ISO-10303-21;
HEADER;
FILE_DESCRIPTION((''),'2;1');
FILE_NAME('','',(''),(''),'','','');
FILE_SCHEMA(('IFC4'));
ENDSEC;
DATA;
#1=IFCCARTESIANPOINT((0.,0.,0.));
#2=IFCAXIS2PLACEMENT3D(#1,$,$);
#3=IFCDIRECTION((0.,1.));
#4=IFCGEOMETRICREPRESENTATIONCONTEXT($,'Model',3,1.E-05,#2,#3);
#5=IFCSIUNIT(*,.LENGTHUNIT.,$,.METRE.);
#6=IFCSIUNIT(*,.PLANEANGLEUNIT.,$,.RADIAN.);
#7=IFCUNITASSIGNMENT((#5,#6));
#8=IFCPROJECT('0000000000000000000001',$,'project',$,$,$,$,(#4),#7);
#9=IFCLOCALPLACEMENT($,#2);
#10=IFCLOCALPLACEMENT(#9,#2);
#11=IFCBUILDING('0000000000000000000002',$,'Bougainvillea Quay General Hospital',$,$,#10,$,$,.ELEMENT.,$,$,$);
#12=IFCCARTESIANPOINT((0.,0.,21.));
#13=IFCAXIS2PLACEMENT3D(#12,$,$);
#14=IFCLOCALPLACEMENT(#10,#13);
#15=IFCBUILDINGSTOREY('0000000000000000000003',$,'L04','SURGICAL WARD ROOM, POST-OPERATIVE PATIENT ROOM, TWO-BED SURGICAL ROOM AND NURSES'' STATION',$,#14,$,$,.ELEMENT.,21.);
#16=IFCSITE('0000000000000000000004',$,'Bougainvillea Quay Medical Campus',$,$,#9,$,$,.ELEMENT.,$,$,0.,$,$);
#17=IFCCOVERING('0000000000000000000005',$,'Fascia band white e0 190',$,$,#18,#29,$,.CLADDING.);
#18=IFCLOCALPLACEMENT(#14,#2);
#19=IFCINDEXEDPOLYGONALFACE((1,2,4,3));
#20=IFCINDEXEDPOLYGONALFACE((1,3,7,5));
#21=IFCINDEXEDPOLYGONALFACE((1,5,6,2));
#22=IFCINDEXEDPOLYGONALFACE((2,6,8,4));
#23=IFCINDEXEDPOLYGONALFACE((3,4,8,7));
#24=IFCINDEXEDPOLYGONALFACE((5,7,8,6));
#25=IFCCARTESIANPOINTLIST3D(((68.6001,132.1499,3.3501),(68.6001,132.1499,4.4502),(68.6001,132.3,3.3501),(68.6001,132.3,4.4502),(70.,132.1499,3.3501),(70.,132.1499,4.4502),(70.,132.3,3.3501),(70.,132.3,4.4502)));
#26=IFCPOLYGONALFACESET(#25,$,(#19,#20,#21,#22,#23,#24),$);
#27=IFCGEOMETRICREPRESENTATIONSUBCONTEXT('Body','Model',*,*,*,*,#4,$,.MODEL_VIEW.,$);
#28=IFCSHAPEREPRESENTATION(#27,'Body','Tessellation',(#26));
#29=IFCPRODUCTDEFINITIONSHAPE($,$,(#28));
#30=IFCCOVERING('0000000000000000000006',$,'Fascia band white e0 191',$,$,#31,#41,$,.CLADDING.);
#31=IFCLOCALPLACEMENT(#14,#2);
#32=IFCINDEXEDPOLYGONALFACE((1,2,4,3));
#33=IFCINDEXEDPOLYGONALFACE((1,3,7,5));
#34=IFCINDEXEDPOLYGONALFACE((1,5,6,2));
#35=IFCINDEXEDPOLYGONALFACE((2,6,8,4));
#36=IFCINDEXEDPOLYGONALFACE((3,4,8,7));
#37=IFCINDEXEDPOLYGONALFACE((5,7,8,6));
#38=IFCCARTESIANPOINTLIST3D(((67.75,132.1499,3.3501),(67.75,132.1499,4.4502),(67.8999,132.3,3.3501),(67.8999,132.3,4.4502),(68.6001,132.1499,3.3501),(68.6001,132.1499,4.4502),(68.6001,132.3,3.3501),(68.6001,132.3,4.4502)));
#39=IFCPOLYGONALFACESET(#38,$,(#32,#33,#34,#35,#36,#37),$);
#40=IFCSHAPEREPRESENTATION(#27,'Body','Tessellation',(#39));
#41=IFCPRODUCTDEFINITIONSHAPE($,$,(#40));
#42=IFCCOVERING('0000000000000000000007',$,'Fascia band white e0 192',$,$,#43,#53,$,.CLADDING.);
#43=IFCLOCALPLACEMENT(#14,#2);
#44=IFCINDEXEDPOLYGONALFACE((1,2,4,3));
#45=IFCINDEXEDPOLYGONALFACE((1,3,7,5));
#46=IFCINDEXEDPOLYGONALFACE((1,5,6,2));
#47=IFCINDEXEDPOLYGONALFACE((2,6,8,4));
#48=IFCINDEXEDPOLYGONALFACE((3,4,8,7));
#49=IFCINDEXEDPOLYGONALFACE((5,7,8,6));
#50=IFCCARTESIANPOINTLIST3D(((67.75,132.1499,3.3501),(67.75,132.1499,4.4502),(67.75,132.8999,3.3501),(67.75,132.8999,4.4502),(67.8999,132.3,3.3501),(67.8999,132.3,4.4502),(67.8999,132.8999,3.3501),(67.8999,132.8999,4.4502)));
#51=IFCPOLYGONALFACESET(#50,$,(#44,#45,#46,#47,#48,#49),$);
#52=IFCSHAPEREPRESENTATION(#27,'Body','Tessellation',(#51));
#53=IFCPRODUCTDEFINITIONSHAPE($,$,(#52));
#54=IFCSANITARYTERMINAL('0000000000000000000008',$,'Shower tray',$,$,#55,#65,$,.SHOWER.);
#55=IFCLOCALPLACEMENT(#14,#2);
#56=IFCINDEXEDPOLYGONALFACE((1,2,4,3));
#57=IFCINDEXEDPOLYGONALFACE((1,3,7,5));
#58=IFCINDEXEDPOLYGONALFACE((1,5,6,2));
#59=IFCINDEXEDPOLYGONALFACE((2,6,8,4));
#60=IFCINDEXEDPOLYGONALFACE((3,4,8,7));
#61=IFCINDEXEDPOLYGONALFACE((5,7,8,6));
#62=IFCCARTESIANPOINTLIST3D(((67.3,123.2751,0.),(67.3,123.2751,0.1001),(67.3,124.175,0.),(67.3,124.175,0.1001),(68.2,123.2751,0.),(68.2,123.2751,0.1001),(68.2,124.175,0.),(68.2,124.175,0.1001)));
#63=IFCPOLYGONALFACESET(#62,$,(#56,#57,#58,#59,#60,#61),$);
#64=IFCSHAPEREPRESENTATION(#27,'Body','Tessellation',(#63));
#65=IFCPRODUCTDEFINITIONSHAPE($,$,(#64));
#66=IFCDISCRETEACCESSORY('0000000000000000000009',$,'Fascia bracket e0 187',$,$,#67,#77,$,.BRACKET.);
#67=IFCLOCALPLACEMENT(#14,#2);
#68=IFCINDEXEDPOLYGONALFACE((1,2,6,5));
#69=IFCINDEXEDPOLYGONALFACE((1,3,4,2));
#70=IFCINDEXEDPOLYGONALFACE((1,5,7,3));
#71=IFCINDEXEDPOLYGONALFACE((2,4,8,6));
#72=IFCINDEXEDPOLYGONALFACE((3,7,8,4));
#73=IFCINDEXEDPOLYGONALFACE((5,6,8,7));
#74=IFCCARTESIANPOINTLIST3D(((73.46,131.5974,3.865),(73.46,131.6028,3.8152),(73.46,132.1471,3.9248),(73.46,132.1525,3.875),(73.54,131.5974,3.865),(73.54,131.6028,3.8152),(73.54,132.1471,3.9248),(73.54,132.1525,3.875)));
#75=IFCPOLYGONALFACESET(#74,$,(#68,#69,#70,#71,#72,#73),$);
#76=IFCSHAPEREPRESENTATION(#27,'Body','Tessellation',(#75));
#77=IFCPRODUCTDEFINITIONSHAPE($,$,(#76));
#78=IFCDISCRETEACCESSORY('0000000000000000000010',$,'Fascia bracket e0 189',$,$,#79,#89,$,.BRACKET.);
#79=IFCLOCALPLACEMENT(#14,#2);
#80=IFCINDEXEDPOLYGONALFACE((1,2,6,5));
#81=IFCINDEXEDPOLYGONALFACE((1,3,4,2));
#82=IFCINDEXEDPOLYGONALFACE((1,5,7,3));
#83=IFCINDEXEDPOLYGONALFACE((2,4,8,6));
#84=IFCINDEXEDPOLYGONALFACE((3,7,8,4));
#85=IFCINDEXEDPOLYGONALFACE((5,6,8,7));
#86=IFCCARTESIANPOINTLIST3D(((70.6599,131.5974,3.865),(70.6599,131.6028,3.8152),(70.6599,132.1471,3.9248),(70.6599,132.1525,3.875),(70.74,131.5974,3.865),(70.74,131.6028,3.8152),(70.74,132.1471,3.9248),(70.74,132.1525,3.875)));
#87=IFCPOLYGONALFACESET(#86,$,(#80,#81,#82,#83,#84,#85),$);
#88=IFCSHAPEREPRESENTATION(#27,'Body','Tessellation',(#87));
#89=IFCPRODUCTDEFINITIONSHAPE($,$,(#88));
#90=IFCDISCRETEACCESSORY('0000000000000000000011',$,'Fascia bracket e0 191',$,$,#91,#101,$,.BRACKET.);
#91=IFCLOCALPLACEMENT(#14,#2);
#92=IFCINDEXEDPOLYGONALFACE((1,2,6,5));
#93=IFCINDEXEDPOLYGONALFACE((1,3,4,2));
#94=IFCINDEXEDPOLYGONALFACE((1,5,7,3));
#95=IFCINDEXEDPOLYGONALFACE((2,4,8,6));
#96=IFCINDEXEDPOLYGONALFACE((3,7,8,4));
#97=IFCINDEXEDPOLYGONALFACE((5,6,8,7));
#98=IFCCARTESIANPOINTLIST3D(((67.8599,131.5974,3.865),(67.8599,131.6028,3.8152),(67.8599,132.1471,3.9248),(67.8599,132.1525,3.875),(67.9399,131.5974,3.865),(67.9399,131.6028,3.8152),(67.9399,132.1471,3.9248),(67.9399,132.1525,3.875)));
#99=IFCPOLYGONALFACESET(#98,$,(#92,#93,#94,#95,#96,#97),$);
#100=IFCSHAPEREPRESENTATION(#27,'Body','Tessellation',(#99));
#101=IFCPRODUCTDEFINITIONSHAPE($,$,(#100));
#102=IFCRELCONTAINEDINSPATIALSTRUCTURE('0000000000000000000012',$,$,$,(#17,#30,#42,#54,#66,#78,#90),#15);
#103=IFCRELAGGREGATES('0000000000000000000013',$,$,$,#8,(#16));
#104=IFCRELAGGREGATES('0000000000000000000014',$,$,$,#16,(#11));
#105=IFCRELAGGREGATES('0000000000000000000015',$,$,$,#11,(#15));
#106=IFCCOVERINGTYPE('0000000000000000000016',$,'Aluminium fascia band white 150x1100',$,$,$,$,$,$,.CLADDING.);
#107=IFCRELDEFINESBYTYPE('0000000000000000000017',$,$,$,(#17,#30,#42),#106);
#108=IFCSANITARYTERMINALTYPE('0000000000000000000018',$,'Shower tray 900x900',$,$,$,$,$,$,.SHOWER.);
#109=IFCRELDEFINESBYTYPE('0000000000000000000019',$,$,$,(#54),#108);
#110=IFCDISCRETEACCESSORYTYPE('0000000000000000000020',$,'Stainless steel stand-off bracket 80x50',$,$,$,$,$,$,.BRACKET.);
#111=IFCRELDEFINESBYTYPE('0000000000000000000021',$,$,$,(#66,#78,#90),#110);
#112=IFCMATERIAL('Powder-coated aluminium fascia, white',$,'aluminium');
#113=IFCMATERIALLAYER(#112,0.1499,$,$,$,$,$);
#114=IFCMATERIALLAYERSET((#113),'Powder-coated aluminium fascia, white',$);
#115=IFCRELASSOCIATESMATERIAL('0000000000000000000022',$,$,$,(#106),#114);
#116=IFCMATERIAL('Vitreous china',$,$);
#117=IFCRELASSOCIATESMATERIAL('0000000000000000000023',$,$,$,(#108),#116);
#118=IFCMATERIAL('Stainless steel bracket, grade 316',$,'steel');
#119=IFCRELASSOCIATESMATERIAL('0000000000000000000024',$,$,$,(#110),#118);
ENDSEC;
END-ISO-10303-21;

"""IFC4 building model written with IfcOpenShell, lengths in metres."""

from ifc_helpers import new_model, si_unit, direction, frame, origin, origin_2d, place, context, subcontext, project, spatial, polyline, rectangle, outline, extrude, material, layer, layer_set, material_profile, profile_set, type_object, element, save


model = new_model("IFC4")

# Units and contexts
model_context = context("Model", 3, precision=1e-05, world=origin(), true_north=direction((0.0, 1.0)))
body_context = subcontext(model_context, "Body", "Model", "MODEL_VIEW")
ifc_project = project(units=[si_unit("LENGTHUNIT", "METRE"), si_unit("PLANEANGLEUNIT", "RADIAN")], contexts=[model_context])

# Site, building, storey
site_placement = place(None, origin())
site = spatial("IfcSite", under=ifc_project, at=site_placement, Name="Bougainvillea Quay Medical Campus", CompositionType="ELEMENT", RefElevation=0.0)
building_placement = place(site_placement, origin())
building = spatial("IfcBuilding", under=site, at=building_placement, Name="Bougainvillea Quay General Hospital", CompositionType="ELEMENT")
storey_placement = place(building_placement, frame((0.0, 0.0, 21.0)))
storey = spatial("IfcBuildingStorey", under=building, at=storey_placement, Name="L04", Description="SURGICAL WARD ROOM, POST-OPERATIVE PATIENT ROOM, TWO-BED SURGICAL ROOM AND NURSES' STATION", CompositionType="ELEMENT", Elevation=21.0)

# Coverings
ifc_material_1 = material(Name="Powder-coated aluminium fascia, white", Category="aluminium")
ifc_layer_1 = layer(ifc_material_1, 0.1499)
ifc_layer_set_1 = layer_set([ifc_layer_1], Name="Powder-coated aluminium fascia, white")
covering_type = type_object("IfcCoveringType", Name="Aluminium fascia band white 150x1100", PredefinedType="CLADDING", material=ifc_layer_set_1)
for number, where, z_axis, x_axis, name in (
    (1, (70.0, 132.1499, 3.3501), (0.0, 0.0, 1.0), (-1.0, 0.0, 0.0), "Fascia band white e0 190"),
):
    element("IfcCovering", number, at=place(storey_placement, frame(where, z_axis=z_axis, x_axis=x_axis)), inside=storey, type_object=covering_type, Name=name, PredefinedType="CLADDING", context=body_context, shape_type="SweptSolid", body=[
        extrude(outline(polyline([(0.0, 0.0), (1.3999, 0.0), (1.3999, -0.1501), (0.0, -0.1501), (0.0, 0.0)])), origin(), (0.0, 0.0, 1.0), 1.1001),
    ])
covering_1_placement = place(storey_placement, frame((68.6001, 132.1499, 3.3501), z_axis=(0.0, 0.0, 1.0), x_axis=(-1.0, 0.0, 0.0)))
element("IfcCovering", 2, at=covering_1_placement, inside=storey, type_object=covering_type, Name="Fascia band white e0 191", PredefinedType="CLADDING", context=body_context, shape_type="SweptSolid", body=[
    extrude(outline(polyline([(0.0, 0.0), (0.8501, 0.0), (0.7002, -0.1501), (0.0, -0.1501), (0.0, 0.0)])), origin(), (0.0, 0.0, 1.0), 1.1001),
])
covering_2_placement = place(storey_placement, frame((67.75, 132.1499, 3.3501), z_axis=(0.0, 0.0, 1.0), x_axis=(0.0, 1.0, 0.0)))
element("IfcCovering", 3, at=covering_2_placement, inside=storey, type_object=covering_type, Name="Fascia band white e0 192", PredefinedType="CLADDING", context=body_context, shape_type="SweptSolid", body=[
    extrude(outline(polyline([(0.0, 0.0), (0.75, 0.0), (0.75, -0.1499), (0.1501, -0.1499), (0.0, 0.0)])), origin(), (0.0, 0.0, 1.0), 1.1001),
])

# Sanitary terminal
ifc_material_2 = material(Name="Vitreous china")
sanitary_terminal_type = type_object("IfcSanitaryTerminalType", Name="Shower tray 900x900", PredefinedType="SHOWER", material=ifc_material_2)
sanitary_terminal_placement = place(storey_placement, frame((67.75, 123.7251, 0.0), z_axis=(0.0, 0.0, 1.0), x_axis=(0.0, 1.0, 0.0)))
element("IfcSanitaryTerminal", 4, at=sanitary_terminal_placement, inside=storey, type_object=sanitary_terminal_type, Name="Shower tray", PredefinedType="SHOWER", context=body_context, shape_type="SweptSolid", body=[
    extrude(rectangle(XDim=0.8999, YDim=0.8999, at=origin_2d()), origin(), (0.0, 0.0, 1.0), 0.1001),
])

# Discrete accessories
ifc_material_3 = material(Name="Stainless steel bracket, grade 316", Category="steel")
ifc_material_profile_1 = material_profile(ifc_material_3, rectangle(XDim=0.0801, YDim=0.05, at=origin_2d()))
ifc_profile_set_1 = profile_set([ifc_material_profile_1], Name="Stainless steel bracket, grade 316")
discrete_accessory_type = type_object("IfcDiscreteAccessoryType", Name="Stainless steel stand-off bracket 80x50", PredefinedType="BRACKET", material=ifc_profile_set_1)
for number, where, z_axis, x_axis, name in (
    (5, (73.5, 131.6001, 3.8401), (0.0, 0.994134, 0.108154), (-1.0, 0.0, 0.0), "Fascia bracket e0 187"),
    (6, (70.7, 131.6001, 3.8401), (0.0, 0.994134, 0.108154), (-1.0, 0.0, 0.0), "Fascia bracket e0 189"),
    (7, (67.8999, 131.6001, 3.8401), (0.0, 0.994134, 0.108154), (-1.0, 0.0, 0.0), "Fascia bracket e0 191"),
):
    element("IfcDiscreteAccessory", number, at=place(storey_placement, frame(where, z_axis=z_axis, x_axis=x_axis)), inside=storey, type_object=discrete_accessory_type, Name=name, PredefinedType="BRACKET", context=body_context, shape_type="SweptSolid", body=[
        extrude(rectangle(XDim=0.0801, YDim=0.05, at=origin_2d()), origin(), (0.0, 0.0, 1.0), 0.553),
    ])

save(model, "model.ifc")
